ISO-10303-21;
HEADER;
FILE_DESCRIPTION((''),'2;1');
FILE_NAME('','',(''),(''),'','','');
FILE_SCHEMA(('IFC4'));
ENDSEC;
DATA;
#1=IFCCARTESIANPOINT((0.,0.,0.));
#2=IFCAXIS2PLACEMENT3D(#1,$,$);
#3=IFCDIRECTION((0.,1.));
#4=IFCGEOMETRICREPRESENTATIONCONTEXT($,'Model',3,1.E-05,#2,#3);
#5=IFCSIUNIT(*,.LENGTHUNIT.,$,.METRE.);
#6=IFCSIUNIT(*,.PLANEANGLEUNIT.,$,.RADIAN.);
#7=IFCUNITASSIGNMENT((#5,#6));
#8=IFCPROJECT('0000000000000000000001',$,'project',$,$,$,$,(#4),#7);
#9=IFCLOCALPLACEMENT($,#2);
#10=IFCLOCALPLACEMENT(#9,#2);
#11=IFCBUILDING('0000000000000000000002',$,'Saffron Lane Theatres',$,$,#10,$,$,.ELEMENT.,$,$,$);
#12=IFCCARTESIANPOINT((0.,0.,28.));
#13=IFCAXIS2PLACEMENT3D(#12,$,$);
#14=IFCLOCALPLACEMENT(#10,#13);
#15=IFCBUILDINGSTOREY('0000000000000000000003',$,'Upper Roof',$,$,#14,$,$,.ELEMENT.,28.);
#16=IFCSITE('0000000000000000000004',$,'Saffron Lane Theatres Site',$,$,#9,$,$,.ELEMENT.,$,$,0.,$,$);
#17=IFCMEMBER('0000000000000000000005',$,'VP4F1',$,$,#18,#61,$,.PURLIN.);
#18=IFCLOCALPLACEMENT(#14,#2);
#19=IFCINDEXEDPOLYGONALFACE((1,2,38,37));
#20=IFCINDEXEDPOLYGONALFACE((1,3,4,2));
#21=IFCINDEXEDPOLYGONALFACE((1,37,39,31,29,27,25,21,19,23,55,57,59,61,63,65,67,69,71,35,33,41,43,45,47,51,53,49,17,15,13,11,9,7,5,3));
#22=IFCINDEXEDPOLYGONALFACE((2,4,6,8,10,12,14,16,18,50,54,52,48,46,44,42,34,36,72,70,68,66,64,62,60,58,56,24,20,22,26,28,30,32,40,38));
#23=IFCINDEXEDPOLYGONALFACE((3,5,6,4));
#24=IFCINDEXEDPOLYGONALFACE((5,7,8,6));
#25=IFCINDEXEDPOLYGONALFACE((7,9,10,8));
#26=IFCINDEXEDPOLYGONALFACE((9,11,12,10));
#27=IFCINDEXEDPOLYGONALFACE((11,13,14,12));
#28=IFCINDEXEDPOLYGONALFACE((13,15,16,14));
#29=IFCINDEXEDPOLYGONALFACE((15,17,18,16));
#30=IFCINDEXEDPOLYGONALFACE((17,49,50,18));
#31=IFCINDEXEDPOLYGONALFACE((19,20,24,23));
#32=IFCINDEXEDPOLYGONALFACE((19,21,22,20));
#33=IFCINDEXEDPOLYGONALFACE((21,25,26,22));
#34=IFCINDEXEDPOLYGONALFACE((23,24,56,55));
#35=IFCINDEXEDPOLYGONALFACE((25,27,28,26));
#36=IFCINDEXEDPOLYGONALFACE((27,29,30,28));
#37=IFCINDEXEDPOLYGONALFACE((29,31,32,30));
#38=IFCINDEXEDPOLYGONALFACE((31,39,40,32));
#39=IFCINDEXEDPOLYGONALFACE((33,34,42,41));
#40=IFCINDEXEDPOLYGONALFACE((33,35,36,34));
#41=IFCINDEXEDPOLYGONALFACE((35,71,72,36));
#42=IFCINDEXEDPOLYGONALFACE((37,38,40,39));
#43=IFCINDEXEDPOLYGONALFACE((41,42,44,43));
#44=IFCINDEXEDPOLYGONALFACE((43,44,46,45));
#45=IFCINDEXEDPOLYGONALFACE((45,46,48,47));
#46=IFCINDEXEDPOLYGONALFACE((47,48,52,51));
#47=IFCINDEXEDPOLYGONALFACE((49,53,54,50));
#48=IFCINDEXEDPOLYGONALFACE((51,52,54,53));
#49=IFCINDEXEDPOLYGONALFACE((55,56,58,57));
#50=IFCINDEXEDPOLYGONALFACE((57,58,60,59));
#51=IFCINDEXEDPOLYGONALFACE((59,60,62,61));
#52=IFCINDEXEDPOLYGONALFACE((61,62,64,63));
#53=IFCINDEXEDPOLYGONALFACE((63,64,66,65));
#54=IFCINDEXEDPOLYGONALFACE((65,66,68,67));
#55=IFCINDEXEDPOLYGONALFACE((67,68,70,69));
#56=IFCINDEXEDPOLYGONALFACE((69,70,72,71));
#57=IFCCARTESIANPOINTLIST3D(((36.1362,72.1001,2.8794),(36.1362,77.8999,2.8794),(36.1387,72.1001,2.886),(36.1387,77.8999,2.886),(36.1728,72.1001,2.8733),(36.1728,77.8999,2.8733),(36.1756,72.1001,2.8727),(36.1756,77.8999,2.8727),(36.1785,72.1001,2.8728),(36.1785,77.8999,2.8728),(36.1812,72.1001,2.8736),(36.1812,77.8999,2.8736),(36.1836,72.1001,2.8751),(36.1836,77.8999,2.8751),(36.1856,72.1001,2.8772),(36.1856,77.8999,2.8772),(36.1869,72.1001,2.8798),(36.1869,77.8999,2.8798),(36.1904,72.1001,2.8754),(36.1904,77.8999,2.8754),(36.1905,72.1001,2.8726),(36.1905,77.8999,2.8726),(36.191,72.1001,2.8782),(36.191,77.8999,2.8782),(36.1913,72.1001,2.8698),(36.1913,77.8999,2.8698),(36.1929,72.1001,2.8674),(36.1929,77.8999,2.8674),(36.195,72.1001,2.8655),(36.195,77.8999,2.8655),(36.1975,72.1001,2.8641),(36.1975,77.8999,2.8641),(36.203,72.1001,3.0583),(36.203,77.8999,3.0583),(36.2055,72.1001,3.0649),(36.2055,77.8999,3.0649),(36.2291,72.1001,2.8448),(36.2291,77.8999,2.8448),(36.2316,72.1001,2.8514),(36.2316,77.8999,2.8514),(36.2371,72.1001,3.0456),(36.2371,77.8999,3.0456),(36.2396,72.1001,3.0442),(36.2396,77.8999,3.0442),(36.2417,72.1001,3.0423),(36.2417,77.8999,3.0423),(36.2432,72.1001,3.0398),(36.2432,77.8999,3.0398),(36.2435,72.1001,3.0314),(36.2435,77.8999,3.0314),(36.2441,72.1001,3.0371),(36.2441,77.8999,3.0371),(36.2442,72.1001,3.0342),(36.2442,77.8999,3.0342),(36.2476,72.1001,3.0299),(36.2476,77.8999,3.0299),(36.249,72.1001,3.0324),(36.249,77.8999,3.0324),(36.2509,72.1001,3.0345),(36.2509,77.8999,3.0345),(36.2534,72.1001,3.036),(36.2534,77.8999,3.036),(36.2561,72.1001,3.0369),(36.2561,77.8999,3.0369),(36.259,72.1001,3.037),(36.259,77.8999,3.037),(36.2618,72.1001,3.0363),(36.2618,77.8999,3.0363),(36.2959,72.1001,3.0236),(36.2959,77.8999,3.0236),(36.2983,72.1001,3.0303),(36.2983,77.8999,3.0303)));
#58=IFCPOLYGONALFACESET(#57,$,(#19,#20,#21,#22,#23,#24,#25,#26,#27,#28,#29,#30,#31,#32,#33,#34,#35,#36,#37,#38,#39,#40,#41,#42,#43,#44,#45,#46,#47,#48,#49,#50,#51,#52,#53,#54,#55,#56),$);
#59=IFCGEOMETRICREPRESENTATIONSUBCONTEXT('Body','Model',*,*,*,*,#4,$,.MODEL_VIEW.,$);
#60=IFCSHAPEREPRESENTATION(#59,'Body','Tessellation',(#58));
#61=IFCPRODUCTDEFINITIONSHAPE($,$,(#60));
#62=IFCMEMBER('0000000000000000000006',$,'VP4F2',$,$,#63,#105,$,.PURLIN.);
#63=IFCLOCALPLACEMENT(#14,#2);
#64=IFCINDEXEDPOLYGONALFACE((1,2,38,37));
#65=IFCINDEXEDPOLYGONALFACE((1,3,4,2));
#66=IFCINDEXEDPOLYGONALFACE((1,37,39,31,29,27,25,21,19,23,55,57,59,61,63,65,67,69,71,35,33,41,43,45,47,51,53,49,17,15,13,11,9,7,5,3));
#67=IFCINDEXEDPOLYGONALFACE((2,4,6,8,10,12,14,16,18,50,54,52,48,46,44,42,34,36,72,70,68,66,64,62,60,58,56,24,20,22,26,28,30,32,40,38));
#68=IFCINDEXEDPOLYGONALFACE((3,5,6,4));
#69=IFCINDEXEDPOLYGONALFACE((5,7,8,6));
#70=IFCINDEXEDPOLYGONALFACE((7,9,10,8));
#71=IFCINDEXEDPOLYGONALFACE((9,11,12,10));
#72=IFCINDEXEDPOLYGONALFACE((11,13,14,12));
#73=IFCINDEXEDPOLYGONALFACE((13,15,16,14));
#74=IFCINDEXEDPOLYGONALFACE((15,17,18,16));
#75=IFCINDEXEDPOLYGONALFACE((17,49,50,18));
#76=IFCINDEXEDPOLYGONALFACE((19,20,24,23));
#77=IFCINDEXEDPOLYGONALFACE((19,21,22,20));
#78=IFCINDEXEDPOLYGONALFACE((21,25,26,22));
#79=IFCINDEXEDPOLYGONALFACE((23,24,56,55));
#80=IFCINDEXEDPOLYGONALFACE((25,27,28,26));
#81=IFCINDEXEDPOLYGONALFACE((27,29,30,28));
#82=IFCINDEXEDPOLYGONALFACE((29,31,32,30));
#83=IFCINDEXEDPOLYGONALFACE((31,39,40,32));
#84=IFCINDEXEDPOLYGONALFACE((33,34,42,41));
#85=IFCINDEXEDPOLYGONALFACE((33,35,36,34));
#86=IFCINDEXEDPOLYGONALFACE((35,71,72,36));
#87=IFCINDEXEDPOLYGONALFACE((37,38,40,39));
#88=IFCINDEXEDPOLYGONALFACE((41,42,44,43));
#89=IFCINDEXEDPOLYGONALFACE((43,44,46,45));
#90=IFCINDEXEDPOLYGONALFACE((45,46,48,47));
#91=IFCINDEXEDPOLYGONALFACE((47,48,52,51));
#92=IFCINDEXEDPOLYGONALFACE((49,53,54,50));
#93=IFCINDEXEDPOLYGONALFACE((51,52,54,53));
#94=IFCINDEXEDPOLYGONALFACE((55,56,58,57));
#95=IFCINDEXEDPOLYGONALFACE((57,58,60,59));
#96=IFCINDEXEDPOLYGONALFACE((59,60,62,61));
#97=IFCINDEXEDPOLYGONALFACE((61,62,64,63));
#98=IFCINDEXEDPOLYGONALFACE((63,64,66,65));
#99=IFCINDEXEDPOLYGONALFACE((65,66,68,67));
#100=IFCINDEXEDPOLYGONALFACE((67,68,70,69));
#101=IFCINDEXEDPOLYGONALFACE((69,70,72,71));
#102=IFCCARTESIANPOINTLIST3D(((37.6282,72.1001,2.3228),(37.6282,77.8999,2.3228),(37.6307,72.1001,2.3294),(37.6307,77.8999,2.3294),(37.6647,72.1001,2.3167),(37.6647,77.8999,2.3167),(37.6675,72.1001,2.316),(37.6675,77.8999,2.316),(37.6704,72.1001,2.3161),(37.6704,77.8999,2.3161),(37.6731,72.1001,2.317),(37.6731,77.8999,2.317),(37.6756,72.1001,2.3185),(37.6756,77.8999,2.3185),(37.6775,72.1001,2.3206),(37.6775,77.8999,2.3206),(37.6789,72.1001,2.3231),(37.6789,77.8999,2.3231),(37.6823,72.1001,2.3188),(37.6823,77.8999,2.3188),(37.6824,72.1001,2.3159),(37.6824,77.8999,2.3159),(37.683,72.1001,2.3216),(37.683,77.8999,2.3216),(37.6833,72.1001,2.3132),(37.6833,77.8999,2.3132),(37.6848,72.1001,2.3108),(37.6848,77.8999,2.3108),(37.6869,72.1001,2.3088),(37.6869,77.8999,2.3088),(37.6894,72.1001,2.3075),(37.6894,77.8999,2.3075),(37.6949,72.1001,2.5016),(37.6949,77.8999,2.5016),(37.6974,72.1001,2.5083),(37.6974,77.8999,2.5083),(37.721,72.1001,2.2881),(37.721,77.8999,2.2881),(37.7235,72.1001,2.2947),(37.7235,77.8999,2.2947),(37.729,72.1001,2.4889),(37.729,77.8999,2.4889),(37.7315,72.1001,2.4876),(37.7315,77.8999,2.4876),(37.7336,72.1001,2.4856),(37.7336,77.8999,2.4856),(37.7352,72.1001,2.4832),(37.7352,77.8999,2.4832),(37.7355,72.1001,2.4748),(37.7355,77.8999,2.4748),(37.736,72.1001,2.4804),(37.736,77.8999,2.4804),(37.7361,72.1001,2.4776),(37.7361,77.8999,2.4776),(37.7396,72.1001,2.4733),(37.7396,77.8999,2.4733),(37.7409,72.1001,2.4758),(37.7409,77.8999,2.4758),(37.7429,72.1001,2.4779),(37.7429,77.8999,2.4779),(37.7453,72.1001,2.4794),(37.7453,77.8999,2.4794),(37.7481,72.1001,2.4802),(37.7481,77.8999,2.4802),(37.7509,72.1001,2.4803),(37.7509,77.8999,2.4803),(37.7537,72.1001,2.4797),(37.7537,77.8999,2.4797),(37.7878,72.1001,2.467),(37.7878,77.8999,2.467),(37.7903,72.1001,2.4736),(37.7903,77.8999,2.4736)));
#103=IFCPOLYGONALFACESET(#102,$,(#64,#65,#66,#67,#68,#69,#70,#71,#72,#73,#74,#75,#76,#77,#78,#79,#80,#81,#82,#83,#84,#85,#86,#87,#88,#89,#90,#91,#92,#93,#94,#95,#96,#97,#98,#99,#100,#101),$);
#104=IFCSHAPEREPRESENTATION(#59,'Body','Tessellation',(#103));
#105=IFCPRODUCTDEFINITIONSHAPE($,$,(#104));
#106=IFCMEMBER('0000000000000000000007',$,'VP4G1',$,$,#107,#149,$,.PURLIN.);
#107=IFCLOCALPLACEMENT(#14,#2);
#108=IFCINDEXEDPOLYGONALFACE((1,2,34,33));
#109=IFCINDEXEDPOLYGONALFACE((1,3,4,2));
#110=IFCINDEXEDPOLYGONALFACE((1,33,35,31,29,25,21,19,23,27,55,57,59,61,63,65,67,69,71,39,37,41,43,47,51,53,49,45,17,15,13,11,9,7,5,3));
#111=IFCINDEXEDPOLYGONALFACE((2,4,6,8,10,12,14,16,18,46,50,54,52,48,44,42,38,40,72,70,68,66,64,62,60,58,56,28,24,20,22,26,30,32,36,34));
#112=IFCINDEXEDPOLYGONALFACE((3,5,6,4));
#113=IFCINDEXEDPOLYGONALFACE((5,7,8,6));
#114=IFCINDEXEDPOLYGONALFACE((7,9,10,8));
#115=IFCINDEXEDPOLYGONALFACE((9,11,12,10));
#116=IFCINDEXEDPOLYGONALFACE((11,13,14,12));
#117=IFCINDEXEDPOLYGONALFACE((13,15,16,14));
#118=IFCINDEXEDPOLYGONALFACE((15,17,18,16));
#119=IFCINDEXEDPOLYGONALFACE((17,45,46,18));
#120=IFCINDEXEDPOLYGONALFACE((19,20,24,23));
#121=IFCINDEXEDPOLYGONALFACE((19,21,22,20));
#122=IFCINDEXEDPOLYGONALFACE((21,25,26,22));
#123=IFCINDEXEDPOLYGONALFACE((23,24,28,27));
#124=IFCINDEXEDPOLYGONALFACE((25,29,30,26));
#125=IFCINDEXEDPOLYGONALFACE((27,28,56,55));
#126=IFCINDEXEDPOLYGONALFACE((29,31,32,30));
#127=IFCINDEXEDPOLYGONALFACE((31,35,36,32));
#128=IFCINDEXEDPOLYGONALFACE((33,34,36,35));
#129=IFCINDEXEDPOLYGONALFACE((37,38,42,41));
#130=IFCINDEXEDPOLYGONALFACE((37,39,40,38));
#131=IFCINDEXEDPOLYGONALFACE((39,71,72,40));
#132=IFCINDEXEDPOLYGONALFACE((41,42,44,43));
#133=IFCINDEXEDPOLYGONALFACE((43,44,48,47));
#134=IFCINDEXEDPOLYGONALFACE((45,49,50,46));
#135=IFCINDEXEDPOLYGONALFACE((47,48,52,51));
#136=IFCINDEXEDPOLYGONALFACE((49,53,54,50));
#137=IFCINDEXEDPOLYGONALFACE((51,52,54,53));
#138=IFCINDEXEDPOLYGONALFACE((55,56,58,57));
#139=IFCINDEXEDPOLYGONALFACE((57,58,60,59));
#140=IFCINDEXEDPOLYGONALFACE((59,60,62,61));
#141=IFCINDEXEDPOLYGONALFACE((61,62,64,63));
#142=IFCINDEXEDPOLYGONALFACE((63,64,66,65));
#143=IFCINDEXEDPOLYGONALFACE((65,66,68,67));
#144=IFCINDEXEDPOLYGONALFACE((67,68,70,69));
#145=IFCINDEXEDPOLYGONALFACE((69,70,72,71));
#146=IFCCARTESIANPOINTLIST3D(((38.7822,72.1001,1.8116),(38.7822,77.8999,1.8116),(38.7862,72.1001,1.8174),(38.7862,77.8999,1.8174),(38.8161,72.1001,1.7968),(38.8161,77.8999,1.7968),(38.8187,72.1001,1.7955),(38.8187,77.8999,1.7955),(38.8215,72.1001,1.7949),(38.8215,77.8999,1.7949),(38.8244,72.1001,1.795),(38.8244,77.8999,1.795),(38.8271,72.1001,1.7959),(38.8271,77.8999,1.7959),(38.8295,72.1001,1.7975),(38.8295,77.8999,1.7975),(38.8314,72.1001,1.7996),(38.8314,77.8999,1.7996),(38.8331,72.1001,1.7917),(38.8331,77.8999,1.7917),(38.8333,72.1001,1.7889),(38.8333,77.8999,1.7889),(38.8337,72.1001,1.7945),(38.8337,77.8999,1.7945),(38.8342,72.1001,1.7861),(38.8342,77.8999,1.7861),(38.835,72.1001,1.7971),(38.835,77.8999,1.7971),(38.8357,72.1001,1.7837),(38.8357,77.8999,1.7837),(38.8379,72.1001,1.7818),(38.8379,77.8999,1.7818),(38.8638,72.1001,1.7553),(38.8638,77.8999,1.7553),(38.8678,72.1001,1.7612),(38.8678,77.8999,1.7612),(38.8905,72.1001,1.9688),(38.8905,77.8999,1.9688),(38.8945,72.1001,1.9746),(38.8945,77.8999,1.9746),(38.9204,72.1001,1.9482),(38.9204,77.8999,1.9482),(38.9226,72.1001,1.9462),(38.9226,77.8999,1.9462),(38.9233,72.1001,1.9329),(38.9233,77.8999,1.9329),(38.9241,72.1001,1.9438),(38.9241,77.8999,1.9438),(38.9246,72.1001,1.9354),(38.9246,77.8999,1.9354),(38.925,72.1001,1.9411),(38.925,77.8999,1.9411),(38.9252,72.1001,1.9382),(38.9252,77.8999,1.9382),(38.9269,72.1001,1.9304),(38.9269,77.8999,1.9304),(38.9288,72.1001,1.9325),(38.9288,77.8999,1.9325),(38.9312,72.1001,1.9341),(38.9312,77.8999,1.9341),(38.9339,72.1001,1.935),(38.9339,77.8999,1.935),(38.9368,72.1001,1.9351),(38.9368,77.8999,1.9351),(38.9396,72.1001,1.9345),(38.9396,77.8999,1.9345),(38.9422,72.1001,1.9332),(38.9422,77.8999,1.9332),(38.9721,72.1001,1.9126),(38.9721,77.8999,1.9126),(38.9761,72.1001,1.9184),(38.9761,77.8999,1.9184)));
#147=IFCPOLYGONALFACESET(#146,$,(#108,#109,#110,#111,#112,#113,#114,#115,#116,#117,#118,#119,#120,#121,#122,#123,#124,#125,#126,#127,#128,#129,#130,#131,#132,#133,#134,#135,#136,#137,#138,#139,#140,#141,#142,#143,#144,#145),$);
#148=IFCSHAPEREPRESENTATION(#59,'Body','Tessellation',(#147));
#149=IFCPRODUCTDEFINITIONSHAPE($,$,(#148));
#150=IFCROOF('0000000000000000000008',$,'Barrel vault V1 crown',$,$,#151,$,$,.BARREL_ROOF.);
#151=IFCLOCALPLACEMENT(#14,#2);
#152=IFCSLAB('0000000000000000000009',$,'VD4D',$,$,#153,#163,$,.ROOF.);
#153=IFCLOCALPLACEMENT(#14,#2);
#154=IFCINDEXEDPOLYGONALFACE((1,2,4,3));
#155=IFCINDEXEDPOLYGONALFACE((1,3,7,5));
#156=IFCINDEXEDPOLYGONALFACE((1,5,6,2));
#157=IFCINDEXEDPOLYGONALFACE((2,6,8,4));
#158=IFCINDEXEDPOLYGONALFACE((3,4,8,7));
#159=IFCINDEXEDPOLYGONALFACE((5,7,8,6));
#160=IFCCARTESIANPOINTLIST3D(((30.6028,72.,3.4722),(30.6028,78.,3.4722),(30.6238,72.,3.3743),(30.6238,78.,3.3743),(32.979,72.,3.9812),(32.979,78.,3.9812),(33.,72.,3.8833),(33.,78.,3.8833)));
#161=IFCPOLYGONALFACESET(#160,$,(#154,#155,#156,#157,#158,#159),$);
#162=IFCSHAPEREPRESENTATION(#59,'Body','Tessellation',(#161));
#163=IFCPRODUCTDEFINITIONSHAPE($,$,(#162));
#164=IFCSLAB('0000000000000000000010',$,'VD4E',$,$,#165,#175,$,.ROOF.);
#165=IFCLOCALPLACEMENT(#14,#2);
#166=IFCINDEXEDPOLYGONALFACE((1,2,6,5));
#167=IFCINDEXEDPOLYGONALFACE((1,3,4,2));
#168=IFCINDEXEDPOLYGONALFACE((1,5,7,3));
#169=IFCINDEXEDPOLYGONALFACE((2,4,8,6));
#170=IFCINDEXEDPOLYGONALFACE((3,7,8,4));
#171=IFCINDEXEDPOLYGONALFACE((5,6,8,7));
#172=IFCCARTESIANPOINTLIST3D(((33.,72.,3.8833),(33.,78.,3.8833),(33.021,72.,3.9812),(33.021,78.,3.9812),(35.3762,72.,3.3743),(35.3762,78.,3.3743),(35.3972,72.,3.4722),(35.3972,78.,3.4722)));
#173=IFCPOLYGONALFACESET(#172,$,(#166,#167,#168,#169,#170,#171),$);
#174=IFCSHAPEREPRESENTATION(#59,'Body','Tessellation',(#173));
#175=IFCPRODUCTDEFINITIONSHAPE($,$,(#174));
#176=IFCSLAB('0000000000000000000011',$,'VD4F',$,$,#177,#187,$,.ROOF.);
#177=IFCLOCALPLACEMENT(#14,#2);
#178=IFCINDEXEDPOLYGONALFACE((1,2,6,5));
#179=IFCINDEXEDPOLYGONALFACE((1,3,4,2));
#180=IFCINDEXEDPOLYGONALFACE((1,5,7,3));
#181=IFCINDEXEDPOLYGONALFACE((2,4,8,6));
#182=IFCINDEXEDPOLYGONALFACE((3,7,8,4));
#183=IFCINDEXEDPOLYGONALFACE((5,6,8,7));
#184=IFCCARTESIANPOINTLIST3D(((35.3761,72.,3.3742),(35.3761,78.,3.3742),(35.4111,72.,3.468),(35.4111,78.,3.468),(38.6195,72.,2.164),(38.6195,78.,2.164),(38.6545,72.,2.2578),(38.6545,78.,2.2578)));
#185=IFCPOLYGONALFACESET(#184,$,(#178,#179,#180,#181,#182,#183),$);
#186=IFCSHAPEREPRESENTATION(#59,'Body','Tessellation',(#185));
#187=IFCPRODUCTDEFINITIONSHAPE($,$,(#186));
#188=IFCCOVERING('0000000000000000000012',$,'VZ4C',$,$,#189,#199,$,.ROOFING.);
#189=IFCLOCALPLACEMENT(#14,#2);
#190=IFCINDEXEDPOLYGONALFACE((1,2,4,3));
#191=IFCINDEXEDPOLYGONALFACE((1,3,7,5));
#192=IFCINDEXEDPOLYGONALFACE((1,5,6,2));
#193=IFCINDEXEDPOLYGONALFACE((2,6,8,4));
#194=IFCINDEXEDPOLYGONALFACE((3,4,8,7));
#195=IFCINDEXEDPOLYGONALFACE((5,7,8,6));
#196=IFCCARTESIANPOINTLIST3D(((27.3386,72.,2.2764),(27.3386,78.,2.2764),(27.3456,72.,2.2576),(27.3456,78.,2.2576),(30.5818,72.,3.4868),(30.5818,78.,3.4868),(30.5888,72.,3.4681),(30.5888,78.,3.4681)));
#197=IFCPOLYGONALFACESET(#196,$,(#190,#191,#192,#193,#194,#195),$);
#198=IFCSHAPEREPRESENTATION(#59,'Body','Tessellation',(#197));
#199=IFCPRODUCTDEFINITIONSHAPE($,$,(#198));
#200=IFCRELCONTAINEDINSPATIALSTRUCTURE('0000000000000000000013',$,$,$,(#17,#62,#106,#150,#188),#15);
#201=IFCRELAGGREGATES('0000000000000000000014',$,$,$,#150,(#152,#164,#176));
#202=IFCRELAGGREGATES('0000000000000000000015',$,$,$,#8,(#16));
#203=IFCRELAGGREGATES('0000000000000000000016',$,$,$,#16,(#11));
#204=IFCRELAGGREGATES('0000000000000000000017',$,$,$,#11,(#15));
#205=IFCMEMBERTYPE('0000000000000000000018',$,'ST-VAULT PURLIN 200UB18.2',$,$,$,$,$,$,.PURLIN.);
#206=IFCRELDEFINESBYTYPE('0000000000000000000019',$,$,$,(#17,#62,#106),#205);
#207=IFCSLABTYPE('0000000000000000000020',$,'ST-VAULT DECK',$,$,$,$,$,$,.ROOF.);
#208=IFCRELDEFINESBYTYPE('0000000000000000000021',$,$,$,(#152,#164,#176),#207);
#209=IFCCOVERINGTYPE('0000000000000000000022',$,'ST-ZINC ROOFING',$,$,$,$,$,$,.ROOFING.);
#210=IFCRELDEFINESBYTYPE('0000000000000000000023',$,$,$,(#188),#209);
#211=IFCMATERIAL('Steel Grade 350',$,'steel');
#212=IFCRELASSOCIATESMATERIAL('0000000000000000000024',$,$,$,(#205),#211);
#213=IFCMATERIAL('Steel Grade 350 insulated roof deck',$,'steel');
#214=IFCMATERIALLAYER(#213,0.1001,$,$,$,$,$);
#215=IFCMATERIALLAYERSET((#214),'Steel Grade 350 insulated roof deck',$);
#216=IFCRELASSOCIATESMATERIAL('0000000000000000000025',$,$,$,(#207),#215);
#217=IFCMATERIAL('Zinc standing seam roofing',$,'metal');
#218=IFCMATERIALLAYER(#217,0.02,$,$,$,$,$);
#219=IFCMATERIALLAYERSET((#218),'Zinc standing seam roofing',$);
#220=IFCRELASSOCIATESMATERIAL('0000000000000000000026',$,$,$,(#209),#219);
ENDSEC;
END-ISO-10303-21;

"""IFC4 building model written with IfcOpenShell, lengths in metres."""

from ifc_helpers import new_model, si_unit, direction, frame, origin, origin_2d, place, context, subcontext, project, spatial, polyline, i_section, outline, extrude, material, layer, layer_set, material_profile, profile_set, type_object, element, aggregate, save


model = new_model("IFC4")

# Units and contexts
model_context = context("Model", 3, precision=1e-05, world=origin(), true_north=direction((0.0, 1.0)))
body_context = subcontext(model_context, "Body", "Model", "MODEL_VIEW")
ifc_project = project(units=[si_unit("LENGTHUNIT", "METRE"), si_unit("PLANEANGLEUNIT", "RADIAN")], contexts=[model_context])

# Site, building, storey
site_placement = place(None, origin())
site = spatial("IfcSite", under=ifc_project, at=site_placement, Name="Saffron Lane Theatres Site", CompositionType="ELEMENT", RefElevation=0.0)
building_placement = place(site_placement, origin())
building = spatial("IfcBuilding", under=site, at=building_placement, Name="Saffron Lane Theatres", CompositionType="ELEMENT")
storey_placement = place(building_placement, frame((0.0, 0.0, 28.0)))
storey = spatial("IfcBuildingStorey", under=building, at=storey_placement, Name="Upper Roof", CompositionType="ELEMENT", Elevation=28.0)

# Members
ifc_material_1 = material(Name="Steel Grade 350", Category="steel")
ifc_material_profile_1 = material_profile(ifc_material_1, i_section(OverallWidth=0.0991, OverallDepth=0.198, WebThickness=0.0044, FlangeThickness=0.0071, FilletRadius=0.011, at=origin_2d()))
ifc_profile_set_1 = profile_set([ifc_material_profile_1], Name="Steel Grade 350")
member_type_1 = type_object("IfcMemberType", Name="ST-VAULT PURLIN 200UB18.2", PredefinedType="PURLIN", material=ifc_profile_set_1)
for number, where, z_axis, x_axis, name in (
    (1, (36.2173, 72.1001, 2.9548), (0.0, 1.0, 0.0), (0.93689, 0.0, -0.349624), "VP4F1"),
    (2, (37.7092, 72.1001, 2.3982), (0.0, 1.0, 0.0), (0.93689, 0.0, -0.349624), "VP4F2"),
    (3, (38.8792, 72.1001, 1.865), (0.0, 1.0, 0.0), (0.823487, 0.0, -0.567335), "VP4G1"),
):
    element("IfcMember", number, at=place(storey_placement, frame(where, z_axis=z_axis, x_axis=x_axis)), inside=storey, type_object=member_type_1, Name=name, PredefinedType="PURLIN", context=body_context, shape_type="SweptSolid", body=[
        extrude(i_section(OverallWidth=0.0991, OverallDepth=0.198, WebThickness=0.0044, FlangeThickness=0.0071, FilletRadius=0.011, at=origin_2d()), origin(), (0.0, 0.0, 1.0), 5.7998),
    ])

# Roof, slabs
roof_placement = place(storey_placement, origin())
roof = element("IfcRoof", 4, at=roof_placement, inside=storey, Name="Barrel vault V1 crown", PredefinedType="BARREL_ROOF")
ifc_material_2 = material(Name="Steel Grade 350 insulated roof deck", Category="steel")
ifc_layer_1 = layer(ifc_material_2, 0.1001)
ifc_layer_set_1 = layer_set([ifc_layer_1], Name="Steel Grade 350 insulated roof deck")
slab_type = type_object("IfcSlabType", Name="ST-VAULT DECK", PredefinedType="ROOF", material=ifc_layer_set_1)
slab_1_placement = place(storey_placement, frame((30.6028, 72.0, 3.4722), z_axis=(-0.209467, 0.0, 0.977816), x_axis=(0.977816, 0.0, 0.209467)))
slab_1 = element("IfcSlab", 5, at=slab_1_placement, type_object=slab_type, Name="VD4D", PredefinedType="ROOF", context=body_context, shape_type="SweptSolid", body=[
    extrude(outline(polyline([(0.0, 0.0), (2.4301, 0.0), (2.4301, 6.0), (0.0, 6.0), (0.0, 0.0)])), origin(), (0.0, 0.0, -1.0), 0.1001),
])
slab_2_placement = place(storey_placement, frame((33.021, 72.0, 3.9812), z_axis=(0.209467, 0.0, 0.977816), x_axis=(0.977816, 0.0, -0.209467)))
slab_2 = element("IfcSlab", 6, at=slab_2_placement, type_object=slab_type, Name="VD4E", PredefinedType="ROOF", context=body_context, shape_type="SweptSolid", body=[
    extrude(outline(polyline([(0.0, 0.0), (2.4301, 0.0), (2.4301, 6.0), (0.0, 6.0), (0.0, 0.0)])), origin(), (0.0, 0.0, -1.0), 0.1001),
])
slab_3_placement = place(storey_placement, frame((35.4111, 72.0, 3.468), z_axis=(0.349585, 0.0, 0.936905), x_axis=(0.936905, 0.0, -0.349585)))
slab_3 = element("IfcSlab", 7, at=slab_3_placement, type_object=slab_type, Name="VD4F", PredefinedType="ROOF", context=body_context, shape_type="SweptSolid", body=[
    extrude(outline(polyline([(0.0, 0.0), (3.4618, 0.0), (3.4618, 6.0), (0.0, 6.0), (0.0, 0.0)])), origin(), (0.0, 0.0, -1.0), 0.1001),
])
aggregate(roof, [slab_1, slab_2, slab_3])

# Covering
ifc_material_3 = material(Name="Zinc standing seam roofing", Category="metal")
ifc_layer_2 = layer(ifc_material_3, 0.02)
ifc_layer_set_2 = layer_set([ifc_layer_2], Name="Zinc standing seam roofing")
covering_type = type_object("IfcCoveringType", Name="ST-ZINC ROOFING", PredefinedType="ROOFING", material=ifc_layer_set_2)
covering_1_placement = place(storey_placement, frame((27.3386, 72.0, 2.2764), z_axis=(-0.34967, 0.0, 0.936873), x_axis=(0.936873, 0.0, 0.34967)))
element("IfcCovering", 8, at=covering_1_placement, inside=storey, type_object=covering_type, Name="VZ4C", PredefinedType="ROOFING", context=body_context, shape_type="SweptSolid", body=[
    extrude(outline(polyline([(0.0, 0.0), (3.4617, 0.0), (3.4617, 6.0), (0.0, 6.0), (0.0, 0.0)])), origin(), (0.0, 0.0, -1.0), 0.02),
])

save(model, "model.ifc")
